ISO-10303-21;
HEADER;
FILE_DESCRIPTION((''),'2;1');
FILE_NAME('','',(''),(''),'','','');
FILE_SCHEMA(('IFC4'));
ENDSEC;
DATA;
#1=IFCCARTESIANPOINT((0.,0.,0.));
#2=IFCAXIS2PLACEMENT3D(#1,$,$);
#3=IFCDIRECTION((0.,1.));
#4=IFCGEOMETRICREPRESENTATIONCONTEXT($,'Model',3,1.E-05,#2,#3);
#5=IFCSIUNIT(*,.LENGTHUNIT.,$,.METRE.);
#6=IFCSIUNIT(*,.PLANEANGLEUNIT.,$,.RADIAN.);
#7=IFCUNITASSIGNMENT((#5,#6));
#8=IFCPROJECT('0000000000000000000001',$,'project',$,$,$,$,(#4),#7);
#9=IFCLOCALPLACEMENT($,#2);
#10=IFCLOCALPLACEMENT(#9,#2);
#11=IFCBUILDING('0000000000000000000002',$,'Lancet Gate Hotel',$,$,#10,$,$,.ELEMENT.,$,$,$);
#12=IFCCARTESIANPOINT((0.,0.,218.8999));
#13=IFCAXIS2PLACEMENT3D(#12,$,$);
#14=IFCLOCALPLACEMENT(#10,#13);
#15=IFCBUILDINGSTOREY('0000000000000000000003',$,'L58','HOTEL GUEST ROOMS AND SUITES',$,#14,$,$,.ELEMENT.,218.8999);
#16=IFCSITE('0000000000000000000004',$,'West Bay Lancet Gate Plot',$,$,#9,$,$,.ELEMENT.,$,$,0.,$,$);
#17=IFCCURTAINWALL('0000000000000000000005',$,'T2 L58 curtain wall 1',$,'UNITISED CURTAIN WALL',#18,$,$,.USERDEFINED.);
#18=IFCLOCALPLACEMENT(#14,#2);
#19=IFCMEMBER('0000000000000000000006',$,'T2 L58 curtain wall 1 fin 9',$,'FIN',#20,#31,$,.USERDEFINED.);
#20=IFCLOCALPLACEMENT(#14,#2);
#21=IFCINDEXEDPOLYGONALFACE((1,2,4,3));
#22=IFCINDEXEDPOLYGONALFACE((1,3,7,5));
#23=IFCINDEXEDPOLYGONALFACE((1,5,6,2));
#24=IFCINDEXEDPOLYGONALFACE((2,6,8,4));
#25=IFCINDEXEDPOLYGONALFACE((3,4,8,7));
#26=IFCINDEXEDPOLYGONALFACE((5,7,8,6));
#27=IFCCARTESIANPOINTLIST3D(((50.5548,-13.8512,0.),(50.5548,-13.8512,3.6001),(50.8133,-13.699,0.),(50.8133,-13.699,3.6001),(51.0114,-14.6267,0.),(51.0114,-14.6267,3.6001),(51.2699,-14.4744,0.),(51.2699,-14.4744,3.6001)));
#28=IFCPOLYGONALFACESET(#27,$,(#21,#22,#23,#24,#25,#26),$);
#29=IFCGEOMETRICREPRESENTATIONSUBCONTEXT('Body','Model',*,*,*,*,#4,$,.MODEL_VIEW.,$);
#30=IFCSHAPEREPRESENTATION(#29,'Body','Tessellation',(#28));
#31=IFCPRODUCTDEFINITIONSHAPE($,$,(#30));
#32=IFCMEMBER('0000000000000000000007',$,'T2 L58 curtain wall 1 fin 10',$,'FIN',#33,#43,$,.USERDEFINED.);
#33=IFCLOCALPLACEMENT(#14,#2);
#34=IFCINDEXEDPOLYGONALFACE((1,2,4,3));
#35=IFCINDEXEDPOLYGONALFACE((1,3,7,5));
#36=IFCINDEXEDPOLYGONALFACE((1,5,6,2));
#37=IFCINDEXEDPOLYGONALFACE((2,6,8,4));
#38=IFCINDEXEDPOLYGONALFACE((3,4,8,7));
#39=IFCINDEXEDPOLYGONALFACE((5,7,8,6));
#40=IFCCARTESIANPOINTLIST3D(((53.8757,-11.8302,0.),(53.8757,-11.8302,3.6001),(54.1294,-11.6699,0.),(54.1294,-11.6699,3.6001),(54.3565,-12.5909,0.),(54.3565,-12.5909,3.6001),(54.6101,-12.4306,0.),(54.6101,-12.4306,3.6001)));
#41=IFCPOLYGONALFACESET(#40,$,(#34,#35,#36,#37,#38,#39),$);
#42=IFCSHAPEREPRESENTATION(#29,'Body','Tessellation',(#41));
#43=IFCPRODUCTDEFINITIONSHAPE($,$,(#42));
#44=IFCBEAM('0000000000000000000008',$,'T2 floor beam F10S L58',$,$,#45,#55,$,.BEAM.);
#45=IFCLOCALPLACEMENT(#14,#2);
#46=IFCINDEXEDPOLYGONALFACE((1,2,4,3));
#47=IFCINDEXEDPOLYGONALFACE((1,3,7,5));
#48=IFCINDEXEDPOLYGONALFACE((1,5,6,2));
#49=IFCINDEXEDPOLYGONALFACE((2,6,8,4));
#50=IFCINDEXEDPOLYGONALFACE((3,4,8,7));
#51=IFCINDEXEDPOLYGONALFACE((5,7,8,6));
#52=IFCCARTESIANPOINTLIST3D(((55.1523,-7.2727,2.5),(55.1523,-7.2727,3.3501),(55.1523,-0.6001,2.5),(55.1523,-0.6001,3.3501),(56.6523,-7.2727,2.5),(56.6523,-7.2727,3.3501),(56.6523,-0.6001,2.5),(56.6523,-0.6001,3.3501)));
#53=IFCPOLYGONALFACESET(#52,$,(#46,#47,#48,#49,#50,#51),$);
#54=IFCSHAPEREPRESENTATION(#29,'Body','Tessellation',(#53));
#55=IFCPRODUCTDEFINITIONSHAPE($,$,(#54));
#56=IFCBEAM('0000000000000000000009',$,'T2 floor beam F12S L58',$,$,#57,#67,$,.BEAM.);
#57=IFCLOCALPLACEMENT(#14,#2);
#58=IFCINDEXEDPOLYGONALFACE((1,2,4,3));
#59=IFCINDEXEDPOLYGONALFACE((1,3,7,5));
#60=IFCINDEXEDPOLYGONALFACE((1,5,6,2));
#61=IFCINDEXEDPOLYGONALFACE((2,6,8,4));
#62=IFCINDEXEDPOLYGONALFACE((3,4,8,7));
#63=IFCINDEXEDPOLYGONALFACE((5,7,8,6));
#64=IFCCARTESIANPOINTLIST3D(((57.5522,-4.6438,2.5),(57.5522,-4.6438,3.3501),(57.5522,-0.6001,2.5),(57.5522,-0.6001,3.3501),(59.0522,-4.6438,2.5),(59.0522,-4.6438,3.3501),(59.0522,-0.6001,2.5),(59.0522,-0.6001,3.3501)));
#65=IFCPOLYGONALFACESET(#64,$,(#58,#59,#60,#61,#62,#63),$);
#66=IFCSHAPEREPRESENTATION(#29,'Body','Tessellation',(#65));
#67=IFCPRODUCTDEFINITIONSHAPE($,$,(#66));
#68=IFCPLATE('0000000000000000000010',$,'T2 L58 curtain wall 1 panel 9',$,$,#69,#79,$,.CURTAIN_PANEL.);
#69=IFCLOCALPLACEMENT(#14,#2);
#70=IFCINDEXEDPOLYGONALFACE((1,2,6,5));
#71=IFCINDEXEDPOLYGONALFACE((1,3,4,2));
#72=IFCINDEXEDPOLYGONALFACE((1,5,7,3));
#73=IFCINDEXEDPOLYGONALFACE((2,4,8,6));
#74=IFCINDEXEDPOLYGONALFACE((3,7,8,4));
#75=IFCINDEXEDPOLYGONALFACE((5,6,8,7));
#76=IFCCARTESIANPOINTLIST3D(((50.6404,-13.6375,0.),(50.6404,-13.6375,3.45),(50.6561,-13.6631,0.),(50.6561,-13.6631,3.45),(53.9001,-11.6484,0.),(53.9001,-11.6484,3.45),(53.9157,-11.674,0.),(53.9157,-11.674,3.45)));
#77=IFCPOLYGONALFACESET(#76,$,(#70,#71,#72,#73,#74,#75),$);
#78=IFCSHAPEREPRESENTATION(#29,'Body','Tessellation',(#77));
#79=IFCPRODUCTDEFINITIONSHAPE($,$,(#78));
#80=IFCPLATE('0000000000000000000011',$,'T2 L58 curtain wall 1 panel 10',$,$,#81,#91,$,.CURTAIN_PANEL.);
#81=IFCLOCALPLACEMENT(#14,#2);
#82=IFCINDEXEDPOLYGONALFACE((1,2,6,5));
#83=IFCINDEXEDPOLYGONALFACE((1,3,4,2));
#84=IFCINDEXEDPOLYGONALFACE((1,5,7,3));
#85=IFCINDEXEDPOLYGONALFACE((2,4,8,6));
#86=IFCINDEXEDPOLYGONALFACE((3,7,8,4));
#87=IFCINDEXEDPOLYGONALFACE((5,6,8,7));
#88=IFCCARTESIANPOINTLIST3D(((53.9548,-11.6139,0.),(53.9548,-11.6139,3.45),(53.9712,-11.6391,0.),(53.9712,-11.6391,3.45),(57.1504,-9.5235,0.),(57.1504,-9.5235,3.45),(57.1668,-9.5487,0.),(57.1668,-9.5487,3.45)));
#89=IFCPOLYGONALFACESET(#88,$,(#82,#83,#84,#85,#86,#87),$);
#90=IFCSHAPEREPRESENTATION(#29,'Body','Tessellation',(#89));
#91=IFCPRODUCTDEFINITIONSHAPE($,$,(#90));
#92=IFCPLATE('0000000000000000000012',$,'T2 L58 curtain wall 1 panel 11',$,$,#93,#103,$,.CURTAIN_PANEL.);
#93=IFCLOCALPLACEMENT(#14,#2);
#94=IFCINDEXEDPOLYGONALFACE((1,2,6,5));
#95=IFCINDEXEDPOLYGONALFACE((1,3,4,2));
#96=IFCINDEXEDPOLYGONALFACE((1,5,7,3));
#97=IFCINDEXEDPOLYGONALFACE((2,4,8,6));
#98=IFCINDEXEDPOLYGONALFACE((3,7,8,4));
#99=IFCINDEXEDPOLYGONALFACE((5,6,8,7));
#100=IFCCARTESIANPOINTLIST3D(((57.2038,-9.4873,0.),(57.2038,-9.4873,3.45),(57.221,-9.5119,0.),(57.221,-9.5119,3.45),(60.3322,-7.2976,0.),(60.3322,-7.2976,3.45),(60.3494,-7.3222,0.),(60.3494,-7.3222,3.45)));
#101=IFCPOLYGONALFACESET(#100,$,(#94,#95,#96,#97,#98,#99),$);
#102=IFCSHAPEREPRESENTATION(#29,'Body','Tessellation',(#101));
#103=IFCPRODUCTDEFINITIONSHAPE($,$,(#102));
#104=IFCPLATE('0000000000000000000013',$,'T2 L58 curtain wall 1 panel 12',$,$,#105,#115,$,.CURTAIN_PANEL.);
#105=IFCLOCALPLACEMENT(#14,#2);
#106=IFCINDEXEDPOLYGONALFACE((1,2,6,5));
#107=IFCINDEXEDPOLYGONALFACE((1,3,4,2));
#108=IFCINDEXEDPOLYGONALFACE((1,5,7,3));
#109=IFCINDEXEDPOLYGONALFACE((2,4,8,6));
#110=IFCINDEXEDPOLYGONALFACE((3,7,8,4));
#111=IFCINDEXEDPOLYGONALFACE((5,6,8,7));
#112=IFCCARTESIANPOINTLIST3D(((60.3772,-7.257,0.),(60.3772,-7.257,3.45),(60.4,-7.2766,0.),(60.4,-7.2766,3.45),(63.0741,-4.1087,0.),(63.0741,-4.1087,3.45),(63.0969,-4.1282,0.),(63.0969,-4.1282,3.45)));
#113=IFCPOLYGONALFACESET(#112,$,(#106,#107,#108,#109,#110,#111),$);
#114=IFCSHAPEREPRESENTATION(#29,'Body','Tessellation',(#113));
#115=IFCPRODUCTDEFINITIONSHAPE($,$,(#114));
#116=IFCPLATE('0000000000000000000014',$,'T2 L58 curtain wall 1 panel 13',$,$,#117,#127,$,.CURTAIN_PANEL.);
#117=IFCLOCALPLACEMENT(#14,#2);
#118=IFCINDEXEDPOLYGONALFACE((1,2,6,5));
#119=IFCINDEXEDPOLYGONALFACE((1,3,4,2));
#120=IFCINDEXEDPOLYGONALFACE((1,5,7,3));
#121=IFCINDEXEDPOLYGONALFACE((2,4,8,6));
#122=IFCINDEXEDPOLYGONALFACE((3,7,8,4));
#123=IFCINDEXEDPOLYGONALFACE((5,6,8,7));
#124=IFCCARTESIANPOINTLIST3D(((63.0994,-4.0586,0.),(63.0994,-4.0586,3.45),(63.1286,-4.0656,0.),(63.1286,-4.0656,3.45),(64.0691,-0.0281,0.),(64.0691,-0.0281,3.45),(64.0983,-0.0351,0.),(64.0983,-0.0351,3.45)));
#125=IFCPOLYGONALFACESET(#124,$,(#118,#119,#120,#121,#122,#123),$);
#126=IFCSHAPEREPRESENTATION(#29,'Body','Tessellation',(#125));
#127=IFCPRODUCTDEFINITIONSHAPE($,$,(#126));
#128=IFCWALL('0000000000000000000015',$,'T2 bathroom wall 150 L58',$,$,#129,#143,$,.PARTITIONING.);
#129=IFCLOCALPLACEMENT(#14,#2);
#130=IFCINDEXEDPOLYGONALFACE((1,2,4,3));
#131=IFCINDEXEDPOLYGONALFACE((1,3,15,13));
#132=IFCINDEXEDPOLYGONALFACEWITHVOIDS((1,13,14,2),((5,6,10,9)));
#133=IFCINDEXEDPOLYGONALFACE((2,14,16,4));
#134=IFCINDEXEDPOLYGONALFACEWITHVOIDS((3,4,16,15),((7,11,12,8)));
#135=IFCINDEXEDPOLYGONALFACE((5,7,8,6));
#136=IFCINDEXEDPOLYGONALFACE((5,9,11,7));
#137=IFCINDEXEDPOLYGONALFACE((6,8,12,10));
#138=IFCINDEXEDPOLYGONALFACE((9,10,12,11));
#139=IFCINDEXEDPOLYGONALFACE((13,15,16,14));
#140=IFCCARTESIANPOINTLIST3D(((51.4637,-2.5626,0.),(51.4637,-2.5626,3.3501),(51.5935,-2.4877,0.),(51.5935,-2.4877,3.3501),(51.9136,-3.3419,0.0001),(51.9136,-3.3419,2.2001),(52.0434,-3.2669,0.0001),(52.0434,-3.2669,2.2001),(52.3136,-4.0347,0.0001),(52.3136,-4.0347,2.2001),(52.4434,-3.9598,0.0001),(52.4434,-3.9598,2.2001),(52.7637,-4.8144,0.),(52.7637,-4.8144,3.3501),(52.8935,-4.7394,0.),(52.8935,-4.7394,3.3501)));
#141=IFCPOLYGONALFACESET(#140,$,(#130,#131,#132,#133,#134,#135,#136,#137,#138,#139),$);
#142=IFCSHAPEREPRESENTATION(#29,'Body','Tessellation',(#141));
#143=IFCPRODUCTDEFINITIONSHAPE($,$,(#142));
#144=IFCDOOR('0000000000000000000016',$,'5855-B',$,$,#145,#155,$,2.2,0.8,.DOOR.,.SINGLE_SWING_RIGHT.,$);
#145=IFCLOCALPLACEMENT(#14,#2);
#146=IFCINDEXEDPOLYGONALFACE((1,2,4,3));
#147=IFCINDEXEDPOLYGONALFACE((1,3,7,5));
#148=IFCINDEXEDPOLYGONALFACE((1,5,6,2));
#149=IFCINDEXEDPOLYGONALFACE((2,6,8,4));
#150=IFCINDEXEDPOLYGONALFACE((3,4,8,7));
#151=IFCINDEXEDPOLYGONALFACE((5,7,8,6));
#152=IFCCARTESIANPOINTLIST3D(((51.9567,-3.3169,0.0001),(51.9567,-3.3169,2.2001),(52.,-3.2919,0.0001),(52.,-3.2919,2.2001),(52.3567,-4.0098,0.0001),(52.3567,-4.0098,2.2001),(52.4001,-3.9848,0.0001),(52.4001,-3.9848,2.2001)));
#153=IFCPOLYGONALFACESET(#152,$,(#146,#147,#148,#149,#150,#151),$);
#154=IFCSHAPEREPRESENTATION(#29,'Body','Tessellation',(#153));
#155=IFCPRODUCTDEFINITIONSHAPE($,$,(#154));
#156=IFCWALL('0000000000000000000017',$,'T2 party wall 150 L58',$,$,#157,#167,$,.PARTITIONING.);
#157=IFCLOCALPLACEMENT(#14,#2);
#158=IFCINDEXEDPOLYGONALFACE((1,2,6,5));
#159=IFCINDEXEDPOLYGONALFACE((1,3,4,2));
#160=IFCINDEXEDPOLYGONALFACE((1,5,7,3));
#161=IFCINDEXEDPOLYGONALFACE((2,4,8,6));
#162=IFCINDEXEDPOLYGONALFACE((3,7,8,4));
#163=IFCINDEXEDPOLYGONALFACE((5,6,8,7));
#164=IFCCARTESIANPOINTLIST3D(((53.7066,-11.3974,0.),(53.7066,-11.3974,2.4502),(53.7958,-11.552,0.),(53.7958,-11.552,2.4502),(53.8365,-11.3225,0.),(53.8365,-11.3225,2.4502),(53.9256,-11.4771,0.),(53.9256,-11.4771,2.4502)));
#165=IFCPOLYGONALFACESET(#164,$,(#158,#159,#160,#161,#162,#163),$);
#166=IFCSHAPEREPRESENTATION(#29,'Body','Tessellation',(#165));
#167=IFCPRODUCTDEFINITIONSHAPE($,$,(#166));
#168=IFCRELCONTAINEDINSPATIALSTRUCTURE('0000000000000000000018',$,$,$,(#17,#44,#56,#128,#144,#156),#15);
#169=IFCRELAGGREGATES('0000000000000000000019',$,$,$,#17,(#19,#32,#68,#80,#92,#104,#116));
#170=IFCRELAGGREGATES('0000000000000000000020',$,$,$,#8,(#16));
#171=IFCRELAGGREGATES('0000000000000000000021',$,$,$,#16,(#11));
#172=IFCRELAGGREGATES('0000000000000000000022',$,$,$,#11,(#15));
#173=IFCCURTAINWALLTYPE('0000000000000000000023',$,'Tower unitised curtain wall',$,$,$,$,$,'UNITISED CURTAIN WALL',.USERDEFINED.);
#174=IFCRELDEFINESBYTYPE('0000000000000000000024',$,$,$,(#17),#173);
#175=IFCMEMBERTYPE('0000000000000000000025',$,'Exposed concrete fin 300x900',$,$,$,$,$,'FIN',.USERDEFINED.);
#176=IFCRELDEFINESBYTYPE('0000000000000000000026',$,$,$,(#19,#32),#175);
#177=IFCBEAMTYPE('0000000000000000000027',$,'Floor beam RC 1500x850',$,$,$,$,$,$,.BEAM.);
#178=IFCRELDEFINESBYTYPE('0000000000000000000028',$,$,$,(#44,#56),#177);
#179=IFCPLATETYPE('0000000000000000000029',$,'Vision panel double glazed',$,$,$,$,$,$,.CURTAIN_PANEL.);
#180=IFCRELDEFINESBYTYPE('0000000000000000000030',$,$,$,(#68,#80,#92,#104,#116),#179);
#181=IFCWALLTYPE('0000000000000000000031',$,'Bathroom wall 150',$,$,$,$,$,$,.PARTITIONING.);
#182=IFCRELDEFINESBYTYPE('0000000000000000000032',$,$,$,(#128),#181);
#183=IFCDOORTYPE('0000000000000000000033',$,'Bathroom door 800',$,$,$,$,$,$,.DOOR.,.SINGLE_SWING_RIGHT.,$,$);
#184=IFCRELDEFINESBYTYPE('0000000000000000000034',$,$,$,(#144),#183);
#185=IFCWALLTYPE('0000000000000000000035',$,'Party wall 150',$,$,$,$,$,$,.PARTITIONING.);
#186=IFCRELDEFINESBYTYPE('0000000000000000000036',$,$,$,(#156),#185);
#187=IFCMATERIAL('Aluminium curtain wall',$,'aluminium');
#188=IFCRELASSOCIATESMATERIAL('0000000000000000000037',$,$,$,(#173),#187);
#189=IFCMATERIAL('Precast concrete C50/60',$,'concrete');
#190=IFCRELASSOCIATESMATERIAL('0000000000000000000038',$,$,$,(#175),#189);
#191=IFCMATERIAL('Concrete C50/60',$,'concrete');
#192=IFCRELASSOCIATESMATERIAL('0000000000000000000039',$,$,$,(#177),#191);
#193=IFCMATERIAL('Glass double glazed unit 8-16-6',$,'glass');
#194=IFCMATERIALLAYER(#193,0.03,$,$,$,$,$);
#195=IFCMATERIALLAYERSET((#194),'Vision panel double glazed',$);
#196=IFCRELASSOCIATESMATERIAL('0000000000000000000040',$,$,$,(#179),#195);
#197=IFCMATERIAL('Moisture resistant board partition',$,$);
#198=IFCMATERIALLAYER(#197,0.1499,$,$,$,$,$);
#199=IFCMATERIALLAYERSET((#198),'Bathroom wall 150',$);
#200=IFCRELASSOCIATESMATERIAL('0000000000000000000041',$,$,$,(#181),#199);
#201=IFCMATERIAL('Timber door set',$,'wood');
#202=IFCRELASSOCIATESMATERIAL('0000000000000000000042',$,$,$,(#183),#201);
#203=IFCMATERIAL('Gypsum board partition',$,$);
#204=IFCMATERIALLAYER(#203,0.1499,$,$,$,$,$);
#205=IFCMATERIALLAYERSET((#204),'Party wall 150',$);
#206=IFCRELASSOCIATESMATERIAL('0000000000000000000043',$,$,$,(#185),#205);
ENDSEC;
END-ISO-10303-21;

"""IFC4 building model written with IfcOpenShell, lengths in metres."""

from ifc_helpers import new_model, si_unit, direction, frame, frame_2d, origin, origin_2d, place, context, subcontext, project, spatial, rectangle, extrude, material, layer, layer_set, material_profile, profile_set, type_object, element, fill, aggregate, save


model = new_model("IFC4")

# Units and contexts
model_context = context("Model", 3, precision=1e-05, world=origin(), true_north=direction((0.0, 1.0)))
body_context = subcontext(model_context, "Body", "Model", "MODEL_VIEW")
ifc_project = project(units=[si_unit("LENGTHUNIT", "METRE"), si_unit("PLANEANGLEUNIT", "RADIAN")], contexts=[model_context])

# Site, building, storey
site_placement = place(None, origin())
site = spatial("IfcSite", under=ifc_project, at=site_placement, Name="West Bay Lancet Gate Plot", CompositionType="ELEMENT", RefElevation=0.0)
building_placement = place(site_placement, origin())
building = spatial("IfcBuilding", under=site, at=building_placement, Name="Lancet Gate Hotel", CompositionType="ELEMENT")
storey_placement = place(building_placement, frame((0.0, 0.0, 218.8999)))
storey = spatial("IfcBuildingStorey", under=building, at=storey_placement, Name="L58", Description="HOTEL GUEST ROOMS AND SUITES", CompositionType="ELEMENT", Elevation=218.8999)

# Curtain wall
ifc_material_1 = material(Name="Aluminium curtain wall", Category="aluminium")
curtain_wall_type = type_object("IfcCurtainWallType", Name="Tower unitised curtain wall", ElementType="UNITISED CURTAIN WALL", PredefinedType="USERDEFINED", material=ifc_material_1)
curtain_wall_placement = place(storey_placement, origin())
curtain_wall = element("IfcCurtainWall", 1, at=curtain_wall_placement, inside=storey, type_object=curtain_wall_type, Name="T2 L58 curtain wall 1", ObjectType="UNITISED CURTAIN WALL", PredefinedType="USERDEFINED")

# Members
ifc_material_2 = material(Name="Precast concrete C50/60", Category="concrete")
ifc_material_profile_1 = material_profile(ifc_material_2, rectangle(XDim=0.3, YDim=0.8999, at=origin_2d()), Name="FIN 300x900")
ifc_profile_set_1 = profile_set([ifc_material_profile_1], Name="Precast concrete C50/60")
member_type_1 = type_object("IfcMemberType", Name="Exposed concrete fin 300x900", ElementType="FIN", PredefinedType="USERDEFINED", material=ifc_profile_set_1)
member_1_placement = place(storey_placement, frame((50.9124, -14.1628, 0.0), z_axis=(0.0, 0.0, 1.0), x_axis=(0.861692, 0.507432, 0.0)))
member_1 = element("IfcMember", 2, at=member_1_placement, type_object=member_type_1, Name="T2 L58 curtain wall 1 fin 9", ObjectType="FIN", PredefinedType="USERDEFINED", context=body_context, shape_type="SweptSolid", body=[
    extrude(rectangle(XDim=0.3, YDim=0.8999, at=origin_2d()), origin(), (0.0, 0.0, 1.0), 3.6001),
])
member_2_placement = place(storey_placement, frame((54.2429, -12.1304, 0.0), z_axis=(0.0, 0.0, 1.0), x_axis=(0.84534, 0.534229, 0.0)))
member_2 = element("IfcMember", 3, at=member_2_placement, type_object=member_type_1, Name="T2 L58 curtain wall 1 fin 10", ObjectType="FIN", PredefinedType="USERDEFINED", context=body_context, shape_type="SweptSolid", body=[
    extrude(rectangle(XDim=0.3, YDim=0.8999, at=origin_2d()), origin(), (0.0, 0.0, 1.0), 3.6001),
])

# Beams
ifc_material_3 = material(Name="Concrete C50/60", Category="concrete")
ifc_material_profile_2 = material_profile(ifc_material_3, rectangle(XDim=1.5, YDim=0.8501, at=origin_2d()), Name="RC 1500x850")
ifc_profile_set_2 = profile_set([ifc_material_profile_2], Name="Concrete C50/60")
beam_type_1 = type_object("IfcBeamType", Name="Floor beam RC 1500x850", PredefinedType="BEAM", material=ifc_profile_set_2)
beam_1_placement = place(storey_placement, frame((55.9023, -7.2727, 2.925), z_axis=(0.0, 1.0, 0.0), x_axis=(-1.0, 0.0, 0.0)))
element("IfcBeam", 4, at=beam_1_placement, inside=storey, type_object=beam_type_1, Name="T2 floor beam F10S L58", PredefinedType="BEAM", context=body_context, shape_type="SweptSolid", body=[
    extrude(rectangle(XDim=1.5, YDim=0.8501, at=origin_2d()), origin(), (0.0, 0.0, 1.0), 6.6726),
])
beam_2_placement = place(storey_placement, frame((58.3022, -4.6438, 2.925), z_axis=(0.0, 1.0, 0.0), x_axis=(-1.0, 0.0, 0.0)))
element("IfcBeam", 5, at=beam_2_placement, inside=storey, type_object=beam_type_1, Name="T2 floor beam F12S L58", PredefinedType="BEAM", context=body_context, shape_type="SweptSolid", body=[
    extrude(rectangle(XDim=1.5, YDim=0.8501, at=origin_2d()), origin(), (0.0, 0.0, 1.0), 4.0437),
])

# Plates
ifc_material_4 = material(Name="Glass double glazed unit 8-16-6", Category="glass")
ifc_layer_1 = layer(ifc_material_4, 0.03)
ifc_layer_set_1 = layer_set([ifc_layer_1], Name="Vision panel double glazed")
plate_type = type_object("IfcPlateType", Name="Vision panel double glazed", PredefinedType="CURTAIN_PANEL", material=ifc_layer_set_1)
plate_1_placement = place(storey_placement, frame((52.2781, -12.6558, 0.0), z_axis=(0.0, 0.0, 1.0), x_axis=(0.853621, 0.520895, 0.0)))
plate_1 = element("IfcPlate", 6, at=plate_1_placement, type_object=plate_type, Name="T2 L58 curtain wall 1 panel 9", PredefinedType="CURTAIN_PANEL", context=body_context, shape_type="SweptSolid", body=[
    extrude(rectangle(XDim=3.8186, YDim=0.03, at=origin_2d()), origin(), (0.0, 0.0, 1.0), 3.45),
])
plate_2_placement = place(storey_placement, frame((55.5608, -10.5813, 0.0), z_axis=(0.0, 0.0, 1.0), x_axis=(0.83685, 0.547432, 0.0)))
plate_2 = element("IfcPlate", 7, at=plate_2_placement, type_object=plate_type, Name="T2 L58 curtain wall 1 panel 10", PredefinedType="CURTAIN_PANEL", context=body_context, shape_type="SweptSolid", body=[
    extrude(rectangle(XDim=3.8186, YDim=0.03, at=origin_2d()), origin(), (0.0, 0.0, 1.0), 3.45),
])
plate_3_placement = place(storey_placement, frame((58.7766, -8.4048, 0.0), z_axis=(0.0, 0.0, 1.0), x_axis=(0.819255, 0.573429, 0.0)))
plate_3 = element("IfcPlate", 8, at=plate_3_placement, type_object=plate_type, Name="T2 L58 curtain wall 1 panel 11", PredefinedType="CURTAIN_PANEL", context=body_context, shape_type="SweptSolid", body=[
    extrude(rectangle(XDim=3.8186, YDim=0.03, at=origin_2d()), origin(), (0.0, 0.0, 1.0), 3.45),
])
plate_4_placement = place(storey_placement, frame((61.7371, -5.6926, 0.0), z_axis=(0.0, 0.0, 1.0), x_axis=(0.650552, 0.759462, 0.0)))
plate_4 = element("IfcPlate", 9, at=plate_4_placement, type_object=plate_type, Name="T2 L58 curtain wall 1 panel 12", PredefinedType="CURTAIN_PANEL", context=body_context, shape_type="SweptSolid", body=[
    extrude(rectangle(XDim=4.1455, YDim=0.03, at=origin_2d()), origin(), (0.0, 0.0, 1.0), 3.45),
])
plate_5_placement = place(storey_placement, frame((63.5989, -2.0469, 0.0), z_axis=(0.0, 0.0, 1.0), x_axis=(0.233916, 0.972257, 0.0)))
plate_5 = element("IfcPlate", 10, at=plate_5_placement, type_object=plate_type, Name="T2 L58 curtain wall 1 panel 13", PredefinedType="CURTAIN_PANEL", context=body_context, shape_type="SweptSolid", body=[
    extrude(rectangle(XDim=4.1455, YDim=0.03, at=origin_2d()), origin(), (0.0, 0.0, 1.0), 3.45),
])
aggregate(curtain_wall, [member_1, member_2, plate_1, plate_2, plate_3, plate_4, plate_5])

# Wall, opening, door
ifc_material_5 = material(Name="Moisture resistant board partition")
ifc_layer_2 = layer(ifc_material_5, 0.1499)
ifc_layer_set_2 = layer_set([ifc_layer_2], Name="Bathroom wall 150")
wall_type_1 = type_object("IfcWallType", Name="Bathroom wall 150", PredefinedType="PARTITIONING", material=ifc_layer_set_2)
wall_1_placement = place(storey_placement, frame((51.5286, -2.5251, 0.0), z_axis=(0.0, 0.0, 1.0), x_axis=(0.500007, -0.866021, 0.0)))
wall_1 = element("IfcWall", 11, at=wall_1_placement, inside=storey, type_object=wall_type_1, Name="T2 bathroom wall 150 L58", PredefinedType="PARTITIONING", context=body_context, shape_type="SweptSolid", body=[
    extrude(rectangle(XDim=2.6001, YDim=0.1499, at=frame_2d((1.3, 0.0))), origin(), (0.0, 0.0, 1.0), 3.3501),
])
opening_placement = place(wall_1_placement, frame((0.8999, 0.0, 0.0)))
opening = element("IfcOpeningElement", 12, at=opening_placement, cuts=wall_1, PredefinedType="OPENING", context=body_context, shape_type="SweptSolid", body=[
    extrude(rectangle(XDim=0.8, YDim=2.2, at=frame_2d((0.3999, 1.1001))), frame((0.0, 0.085, 0.0), z_axis=(0.0, -1.0, 0.0), x_axis=(1.0, 0.0, 0.0)), (0.0, 0.0, 1.0), 0.1699),
])
ifc_material_6 = material(Name="Timber door set", Category="wood")
door_type = type_object("IfcDoorType", Name="Bathroom door 800", OperationType="SINGLE_SWING_RIGHT", PredefinedType="DOOR", material=ifc_material_6)
door_placement = place(opening_placement, origin())
door = element("IfcDoor", 13, at=door_placement, inside=storey, type_object=door_type, Name="5855-B", OperationType="SINGLE_SWING_RIGHT", OverallHeight=2.2, OverallWidth=0.8, PredefinedType="DOOR", context=body_context, shape_type="SweptSolid", body=[
    extrude(rectangle(XDim=0.8, YDim=2.2, at=frame_2d((0.3999, 1.1001))), frame((0.0, 0.0249, 0.0), z_axis=(0.0, -1.0, 0.0), x_axis=(1.0, 0.0, 0.0)), (0.0, 0.0, 1.0), 0.05),
])
fill(opening, door)

# Wall
ifc_material_7 = material(Name="Gypsum board partition")
ifc_layer_3 = layer(ifc_material_7, 0.1499)
ifc_layer_set_3 = layer_set([ifc_layer_3], Name="Party wall 150")
wall_type_2 = type_object("IfcWallType", Name="Party wall 150", PredefinedType="PARTITIONING", material=ifc_layer_set_3)
wall_2_placement = place(storey_placement, frame((53.7715, -11.3599, 0.0), z_axis=(0.0, 0.0, 1.0), x_axis=(0.499525, -0.866299, 0.0)))
element("IfcWall", 14, at=wall_2_placement, inside=storey, type_object=wall_type_2, Name="T2 party wall 150 L58", PredefinedType="PARTITIONING", context=body_context, shape_type="SweptSolid", body=[
    extrude(rectangle(XDim=0.1785, YDim=0.1499, at=frame_2d((0.0894, 0.0))), origin(), (0.0, 0.0, 1.0), 2.4502),
])

save(model, "model.ifc")
